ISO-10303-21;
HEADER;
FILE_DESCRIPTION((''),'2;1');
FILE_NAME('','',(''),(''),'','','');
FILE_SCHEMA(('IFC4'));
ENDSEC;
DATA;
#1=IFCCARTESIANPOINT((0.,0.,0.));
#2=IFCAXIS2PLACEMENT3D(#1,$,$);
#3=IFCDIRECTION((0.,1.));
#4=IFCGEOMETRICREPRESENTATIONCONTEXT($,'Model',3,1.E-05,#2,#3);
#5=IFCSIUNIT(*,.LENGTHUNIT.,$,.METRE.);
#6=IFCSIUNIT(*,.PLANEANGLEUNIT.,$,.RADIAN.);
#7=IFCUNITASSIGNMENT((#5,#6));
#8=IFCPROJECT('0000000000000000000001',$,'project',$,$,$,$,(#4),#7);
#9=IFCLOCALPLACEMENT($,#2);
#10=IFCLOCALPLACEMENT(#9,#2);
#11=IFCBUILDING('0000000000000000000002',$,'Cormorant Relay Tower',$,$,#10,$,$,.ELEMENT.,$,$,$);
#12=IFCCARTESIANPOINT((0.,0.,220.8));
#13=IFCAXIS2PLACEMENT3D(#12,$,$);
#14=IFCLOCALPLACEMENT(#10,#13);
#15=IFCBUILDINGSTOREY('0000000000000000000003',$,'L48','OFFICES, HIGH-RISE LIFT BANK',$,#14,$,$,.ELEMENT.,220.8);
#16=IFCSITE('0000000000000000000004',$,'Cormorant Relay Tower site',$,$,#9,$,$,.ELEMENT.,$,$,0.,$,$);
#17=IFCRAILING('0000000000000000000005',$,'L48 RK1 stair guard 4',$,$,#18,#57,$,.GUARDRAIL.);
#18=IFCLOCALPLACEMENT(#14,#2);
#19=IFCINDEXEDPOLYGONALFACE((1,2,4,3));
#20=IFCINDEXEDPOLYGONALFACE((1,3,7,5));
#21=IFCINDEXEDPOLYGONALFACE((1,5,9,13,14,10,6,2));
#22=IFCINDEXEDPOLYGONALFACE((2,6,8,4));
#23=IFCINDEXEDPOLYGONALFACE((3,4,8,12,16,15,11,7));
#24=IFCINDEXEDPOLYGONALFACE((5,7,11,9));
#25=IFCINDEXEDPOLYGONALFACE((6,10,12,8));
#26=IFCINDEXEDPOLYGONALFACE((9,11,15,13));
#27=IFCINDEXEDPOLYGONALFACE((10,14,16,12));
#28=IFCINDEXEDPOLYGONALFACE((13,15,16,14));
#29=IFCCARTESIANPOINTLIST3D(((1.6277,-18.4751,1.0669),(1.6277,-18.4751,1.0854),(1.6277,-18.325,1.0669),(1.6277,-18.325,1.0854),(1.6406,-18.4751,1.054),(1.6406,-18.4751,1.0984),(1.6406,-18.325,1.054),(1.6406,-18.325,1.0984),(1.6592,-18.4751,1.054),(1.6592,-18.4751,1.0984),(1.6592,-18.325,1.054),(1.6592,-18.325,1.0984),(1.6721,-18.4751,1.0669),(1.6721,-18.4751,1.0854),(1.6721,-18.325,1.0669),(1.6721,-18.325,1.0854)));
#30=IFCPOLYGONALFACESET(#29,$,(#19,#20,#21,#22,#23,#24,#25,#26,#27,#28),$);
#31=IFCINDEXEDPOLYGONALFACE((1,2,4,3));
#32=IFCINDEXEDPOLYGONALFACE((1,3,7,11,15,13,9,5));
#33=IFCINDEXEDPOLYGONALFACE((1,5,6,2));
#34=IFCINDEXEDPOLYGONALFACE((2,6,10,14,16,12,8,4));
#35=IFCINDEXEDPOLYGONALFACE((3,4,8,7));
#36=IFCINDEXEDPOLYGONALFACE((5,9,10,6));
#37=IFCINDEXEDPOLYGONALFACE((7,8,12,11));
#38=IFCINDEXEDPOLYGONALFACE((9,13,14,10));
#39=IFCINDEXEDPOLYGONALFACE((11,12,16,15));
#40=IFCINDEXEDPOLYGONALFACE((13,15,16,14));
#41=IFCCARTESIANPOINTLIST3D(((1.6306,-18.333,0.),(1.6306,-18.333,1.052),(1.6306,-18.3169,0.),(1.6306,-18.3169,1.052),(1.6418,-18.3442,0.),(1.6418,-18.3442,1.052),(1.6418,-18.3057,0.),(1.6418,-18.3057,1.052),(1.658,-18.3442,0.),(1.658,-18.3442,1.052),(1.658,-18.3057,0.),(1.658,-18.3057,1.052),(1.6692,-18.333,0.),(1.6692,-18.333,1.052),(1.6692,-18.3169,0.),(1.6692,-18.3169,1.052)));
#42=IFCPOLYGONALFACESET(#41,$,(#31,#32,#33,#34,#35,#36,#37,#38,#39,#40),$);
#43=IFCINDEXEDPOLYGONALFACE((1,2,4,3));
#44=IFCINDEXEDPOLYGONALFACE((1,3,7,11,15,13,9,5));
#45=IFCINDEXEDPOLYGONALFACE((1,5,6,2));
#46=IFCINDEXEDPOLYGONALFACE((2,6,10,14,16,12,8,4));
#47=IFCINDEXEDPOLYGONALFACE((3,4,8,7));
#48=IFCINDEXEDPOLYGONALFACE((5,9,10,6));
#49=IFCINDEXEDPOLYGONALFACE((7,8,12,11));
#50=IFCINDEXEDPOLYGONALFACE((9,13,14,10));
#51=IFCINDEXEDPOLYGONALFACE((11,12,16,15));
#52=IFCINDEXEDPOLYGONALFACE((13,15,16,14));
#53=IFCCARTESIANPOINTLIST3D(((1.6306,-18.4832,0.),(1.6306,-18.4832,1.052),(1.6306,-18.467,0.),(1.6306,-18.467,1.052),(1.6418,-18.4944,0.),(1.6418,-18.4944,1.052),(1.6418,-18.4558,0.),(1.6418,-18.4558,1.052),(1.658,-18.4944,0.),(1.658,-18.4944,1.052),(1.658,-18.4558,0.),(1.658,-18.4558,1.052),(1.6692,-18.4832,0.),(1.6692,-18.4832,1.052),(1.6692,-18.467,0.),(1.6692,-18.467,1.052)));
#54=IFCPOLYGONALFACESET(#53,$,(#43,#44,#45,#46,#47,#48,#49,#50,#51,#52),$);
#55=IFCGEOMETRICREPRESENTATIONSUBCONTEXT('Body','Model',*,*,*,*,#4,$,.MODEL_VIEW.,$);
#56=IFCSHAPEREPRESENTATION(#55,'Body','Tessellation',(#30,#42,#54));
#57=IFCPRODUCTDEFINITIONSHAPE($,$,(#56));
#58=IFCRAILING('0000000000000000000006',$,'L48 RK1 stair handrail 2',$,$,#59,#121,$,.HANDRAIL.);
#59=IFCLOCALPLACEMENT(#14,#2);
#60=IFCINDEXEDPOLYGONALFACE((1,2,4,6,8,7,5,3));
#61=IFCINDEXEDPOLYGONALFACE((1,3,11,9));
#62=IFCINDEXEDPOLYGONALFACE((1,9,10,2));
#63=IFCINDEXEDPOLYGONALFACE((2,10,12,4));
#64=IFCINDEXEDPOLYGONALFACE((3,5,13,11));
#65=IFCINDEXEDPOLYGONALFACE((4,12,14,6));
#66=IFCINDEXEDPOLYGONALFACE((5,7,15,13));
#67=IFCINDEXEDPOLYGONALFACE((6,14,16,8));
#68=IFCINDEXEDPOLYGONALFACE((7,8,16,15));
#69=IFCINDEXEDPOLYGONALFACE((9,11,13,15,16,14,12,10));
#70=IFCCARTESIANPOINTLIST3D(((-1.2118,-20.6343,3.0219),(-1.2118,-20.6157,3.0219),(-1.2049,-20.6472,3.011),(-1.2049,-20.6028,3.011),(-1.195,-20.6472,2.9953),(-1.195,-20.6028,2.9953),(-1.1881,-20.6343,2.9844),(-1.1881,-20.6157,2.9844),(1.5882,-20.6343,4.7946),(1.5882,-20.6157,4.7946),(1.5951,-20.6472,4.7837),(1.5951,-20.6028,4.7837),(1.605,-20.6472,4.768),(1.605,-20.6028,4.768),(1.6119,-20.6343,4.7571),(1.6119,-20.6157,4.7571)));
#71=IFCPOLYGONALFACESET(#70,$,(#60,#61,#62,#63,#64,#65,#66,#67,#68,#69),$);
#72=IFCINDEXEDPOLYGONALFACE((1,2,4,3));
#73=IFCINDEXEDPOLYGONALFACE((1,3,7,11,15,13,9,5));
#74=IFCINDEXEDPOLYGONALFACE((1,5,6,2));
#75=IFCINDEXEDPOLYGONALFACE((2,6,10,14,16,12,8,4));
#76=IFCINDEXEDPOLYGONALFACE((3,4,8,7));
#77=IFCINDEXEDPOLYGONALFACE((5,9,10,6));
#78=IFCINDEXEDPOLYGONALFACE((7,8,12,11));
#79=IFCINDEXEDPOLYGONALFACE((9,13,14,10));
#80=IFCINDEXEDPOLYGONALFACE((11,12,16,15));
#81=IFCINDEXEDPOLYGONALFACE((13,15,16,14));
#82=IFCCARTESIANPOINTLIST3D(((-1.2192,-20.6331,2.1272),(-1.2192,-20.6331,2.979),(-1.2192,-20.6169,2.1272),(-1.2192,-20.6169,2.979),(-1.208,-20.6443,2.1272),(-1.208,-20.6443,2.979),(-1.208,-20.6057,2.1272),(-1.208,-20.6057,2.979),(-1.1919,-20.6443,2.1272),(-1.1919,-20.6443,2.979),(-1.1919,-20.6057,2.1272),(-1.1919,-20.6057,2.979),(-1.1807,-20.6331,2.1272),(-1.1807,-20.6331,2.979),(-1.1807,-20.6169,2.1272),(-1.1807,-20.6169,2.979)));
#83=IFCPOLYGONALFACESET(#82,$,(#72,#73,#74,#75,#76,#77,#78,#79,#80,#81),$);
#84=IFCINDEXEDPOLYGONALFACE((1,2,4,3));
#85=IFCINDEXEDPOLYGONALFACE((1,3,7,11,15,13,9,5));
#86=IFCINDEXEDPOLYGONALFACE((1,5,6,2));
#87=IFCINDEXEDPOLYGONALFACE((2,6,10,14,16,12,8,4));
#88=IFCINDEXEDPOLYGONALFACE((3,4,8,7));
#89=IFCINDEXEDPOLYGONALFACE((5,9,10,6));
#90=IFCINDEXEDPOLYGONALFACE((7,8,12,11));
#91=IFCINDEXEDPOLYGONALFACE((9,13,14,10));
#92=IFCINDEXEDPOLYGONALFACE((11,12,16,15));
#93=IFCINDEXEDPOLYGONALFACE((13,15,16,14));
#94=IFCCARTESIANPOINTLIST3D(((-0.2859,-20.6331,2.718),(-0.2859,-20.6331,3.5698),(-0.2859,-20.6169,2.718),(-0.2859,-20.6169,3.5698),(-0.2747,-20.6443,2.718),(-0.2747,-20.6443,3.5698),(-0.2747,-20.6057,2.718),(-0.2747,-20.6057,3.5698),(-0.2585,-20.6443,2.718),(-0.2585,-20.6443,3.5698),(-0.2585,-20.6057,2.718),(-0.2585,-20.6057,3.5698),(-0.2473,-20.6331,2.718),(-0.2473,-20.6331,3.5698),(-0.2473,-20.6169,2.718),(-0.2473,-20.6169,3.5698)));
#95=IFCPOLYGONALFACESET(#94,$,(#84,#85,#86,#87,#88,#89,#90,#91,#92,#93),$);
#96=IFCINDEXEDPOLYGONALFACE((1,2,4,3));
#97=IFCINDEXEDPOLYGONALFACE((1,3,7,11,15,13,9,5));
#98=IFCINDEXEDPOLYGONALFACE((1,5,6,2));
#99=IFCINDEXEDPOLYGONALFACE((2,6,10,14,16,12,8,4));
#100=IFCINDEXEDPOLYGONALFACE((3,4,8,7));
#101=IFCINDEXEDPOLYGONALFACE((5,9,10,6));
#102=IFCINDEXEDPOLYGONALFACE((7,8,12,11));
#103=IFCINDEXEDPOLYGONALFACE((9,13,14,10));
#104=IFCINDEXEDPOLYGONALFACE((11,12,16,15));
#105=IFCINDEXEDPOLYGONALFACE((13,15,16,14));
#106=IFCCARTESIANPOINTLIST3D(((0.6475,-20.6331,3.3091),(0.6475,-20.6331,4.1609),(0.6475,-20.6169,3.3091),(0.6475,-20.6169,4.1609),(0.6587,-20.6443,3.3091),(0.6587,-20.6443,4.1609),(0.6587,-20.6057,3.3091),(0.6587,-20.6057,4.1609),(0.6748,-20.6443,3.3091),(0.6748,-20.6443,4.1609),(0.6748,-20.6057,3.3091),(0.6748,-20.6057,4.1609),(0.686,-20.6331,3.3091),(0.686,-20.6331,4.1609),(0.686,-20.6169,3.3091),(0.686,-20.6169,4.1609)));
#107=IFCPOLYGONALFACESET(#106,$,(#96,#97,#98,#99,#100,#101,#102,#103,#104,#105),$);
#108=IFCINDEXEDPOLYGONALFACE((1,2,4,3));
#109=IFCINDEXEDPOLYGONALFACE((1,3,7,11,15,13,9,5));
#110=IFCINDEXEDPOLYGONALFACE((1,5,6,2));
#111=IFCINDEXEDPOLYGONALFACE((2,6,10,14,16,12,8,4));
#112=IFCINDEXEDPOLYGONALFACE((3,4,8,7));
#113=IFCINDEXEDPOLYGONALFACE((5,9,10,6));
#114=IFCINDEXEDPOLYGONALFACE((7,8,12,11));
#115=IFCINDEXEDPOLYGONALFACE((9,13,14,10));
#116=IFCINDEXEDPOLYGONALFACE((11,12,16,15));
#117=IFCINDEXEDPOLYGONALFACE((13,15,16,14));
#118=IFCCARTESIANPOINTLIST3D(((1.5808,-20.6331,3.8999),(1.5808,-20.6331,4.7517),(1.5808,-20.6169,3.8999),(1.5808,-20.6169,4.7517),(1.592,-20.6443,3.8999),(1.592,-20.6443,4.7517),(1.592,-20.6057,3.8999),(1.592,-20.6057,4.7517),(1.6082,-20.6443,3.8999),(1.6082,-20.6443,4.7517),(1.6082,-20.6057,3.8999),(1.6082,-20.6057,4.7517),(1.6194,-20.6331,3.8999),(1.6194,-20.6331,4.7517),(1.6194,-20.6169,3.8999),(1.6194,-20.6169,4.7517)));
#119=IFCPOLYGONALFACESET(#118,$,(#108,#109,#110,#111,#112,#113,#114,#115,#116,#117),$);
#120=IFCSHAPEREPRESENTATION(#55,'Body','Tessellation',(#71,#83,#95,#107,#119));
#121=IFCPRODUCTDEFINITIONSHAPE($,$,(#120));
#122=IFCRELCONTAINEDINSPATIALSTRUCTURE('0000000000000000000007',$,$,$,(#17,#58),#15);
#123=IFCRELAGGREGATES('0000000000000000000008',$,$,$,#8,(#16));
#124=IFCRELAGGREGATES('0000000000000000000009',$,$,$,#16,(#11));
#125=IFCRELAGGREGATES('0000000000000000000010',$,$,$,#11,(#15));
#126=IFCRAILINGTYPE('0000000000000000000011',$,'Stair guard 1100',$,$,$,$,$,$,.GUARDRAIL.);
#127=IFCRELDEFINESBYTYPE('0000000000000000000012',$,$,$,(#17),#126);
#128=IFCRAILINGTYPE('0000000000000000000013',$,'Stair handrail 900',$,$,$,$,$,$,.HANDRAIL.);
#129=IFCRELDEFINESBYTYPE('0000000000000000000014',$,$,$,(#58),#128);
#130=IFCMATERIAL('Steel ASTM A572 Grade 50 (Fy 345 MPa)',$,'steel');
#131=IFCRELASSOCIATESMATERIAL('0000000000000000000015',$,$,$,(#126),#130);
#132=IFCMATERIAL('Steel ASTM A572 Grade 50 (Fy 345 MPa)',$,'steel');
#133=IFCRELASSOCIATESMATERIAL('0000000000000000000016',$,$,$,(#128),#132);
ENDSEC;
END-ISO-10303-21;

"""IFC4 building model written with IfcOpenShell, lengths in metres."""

from ifc_helpers import new_model, si_unit, direction, frame, origin, place, context, subcontext, project, spatial, polyline, outline, extrude, material, type_object, element, save


model = new_model("IFC4")

# Units and contexts
model_context = context("Model", 3, precision=1e-05, world=origin(), true_north=direction((0.0, 1.0)))
body_context = subcontext(model_context, "Body", "Model", "MODEL_VIEW")
ifc_project = project(units=[si_unit("LENGTHUNIT", "METRE"), si_unit("PLANEANGLEUNIT", "RADIAN")], contexts=[model_context])

# Site, building, storey
site_placement = place(None, origin())
site = spatial("IfcSite", under=ifc_project, at=site_placement, Name="Cormorant Relay Tower site", CompositionType="ELEMENT", RefElevation=0.0)
building_placement = place(site_placement, origin())
building = spatial("IfcBuilding", under=site, at=building_placement, Name="Cormorant Relay Tower", CompositionType="ELEMENT")
storey_placement = place(building_placement, frame((0.0, 0.0, 220.8)))
storey = spatial("IfcBuildingStorey", under=building, at=storey_placement, Name="L48", Description="OFFICES, HIGH-RISE LIFT BANK", CompositionType="ELEMENT", Elevation=220.8)

# Railings
ifc_material_1 = material(Name="Steel ASTM A572 Grade 50 (Fy 345 MPa)", Category="steel")
railing_type_1 = type_object("IfcRailingType", Name="Stair guard 1100", PredefinedType="GUARDRAIL", material=ifc_material_1)
railing_1_placement = place(storey_placement, frame((1.6499, -18.325, 0.0)))
element("IfcRailing", 1, at=railing_1_placement, inside=storey, type_object=railing_type_1, Name="L48 RK1 stair guard 4", PredefinedType="GUARDRAIL", context=body_context, shape_type="SweptSolid", body=[
    extrude(outline(polyline([(0.0222, 0.0093), (0.0093, 0.0222), (-0.0093, 0.0222), (-0.0222, 0.0093), (-0.0222, -0.0093), (-0.0093, -0.0222), (0.0093, -0.0222), (0.0222, -0.0093), (0.0222, 0.0093)])), frame((0.0, 0.0, 1.0762), z_axis=(0.0, -1.0, 0.0), x_axis=(1.0, 0.0, 0.0)), (0.0, 0.0, 1.0), 0.1501),
    extrude(outline(polyline([(0.0193, 0.0081), (0.0081, 0.0193), (-0.0081, 0.0193), (-0.0193, 0.0081), (-0.0193, -0.0081), (-0.0081, -0.0193), (0.0081, -0.0193), (0.0193, -0.0081), (0.0193, 0.0081)])), origin(), (0.0, 0.0, 1.0), 1.052),
    extrude(outline(polyline([(0.0193, 0.0081), (0.0081, 0.0193), (-0.0081, 0.0193), (-0.0193, 0.0081), (-0.0193, -0.0081), (-0.0081, -0.0193), (0.0081, -0.0193), (0.0193, -0.0081), (0.0193, 0.0081)])), frame((0.0, -0.1501, 0.0)), (0.0, 0.0, 1.0), 1.052),
])
ifc_material_2 = material(Name="Steel ASTM A572 Grade 50 (Fy 345 MPa)", Category="steel")
railing_type_2 = type_object("IfcRailingType", Name="Stair handrail 900", PredefinedType="HANDRAIL", material=ifc_material_2)
railing_2_placement = place(storey_placement, frame((-1.2, -20.625, 2.1272)))
element("IfcRailing", 2, at=railing_2_placement, inside=storey, type_object=railing_type_2, Name="L48 RK1 stair handrail 2", PredefinedType="HANDRAIL", context=body_context, shape_type="SweptSolid", body=[
    extrude(outline(polyline([(0.0222, 0.0093), (0.0093, 0.0222), (-0.0093, 0.0222), (-0.0222, 0.0093), (-0.0222, -0.0093), (-0.0093, -0.0222), (0.0093, -0.0222), (0.0222, -0.0093), (0.0222, 0.0093)])), frame((0.0, 0.0, 0.876), z_axis=(0.844909, 0.0, 0.53491), x_axis=(0.0, 1.0, 0.0)), (0.0, 0.0, 1.0), 3.314),
    extrude(outline(polyline([(0.0193, 0.0081), (0.0081, 0.0193), (-0.0081, 0.0193), (-0.0193, 0.0081), (-0.0193, -0.0081), (-0.0081, -0.0193), (0.0081, -0.0193), (0.0193, -0.0081), (0.0193, 0.0081)])), origin(), (0.0, 0.0, 1.0), 0.8518),
    extrude(outline(polyline([(0.0193, 0.0081), (0.0081, 0.0193), (-0.0081, 0.0193), (-0.0193, 0.0081), (-0.0193, -0.0081), (-0.0081, -0.0193), (0.0081, -0.0193), (0.0193, -0.0081), (0.0193, 0.0081)])), frame((0.9333, 0.0, 0.5908)), (0.0, 0.0, 1.0), 0.8518),
    extrude(outline(polyline([(0.0193, 0.0081), (0.0081, 0.0193), (-0.0081, 0.0193), (-0.0193, 0.0081), (-0.0193, -0.0081), (-0.0081, -0.0193), (0.0081, -0.0193), (0.0193, -0.0081), (0.0193, 0.0081)])), frame((1.8667, 0.0, 1.1819)), (0.0, 0.0, 1.0), 0.8518),
    extrude(outline(polyline([(0.0193, 0.0081), (0.0081, 0.0193), (-0.0081, 0.0193), (-0.0193, 0.0081), (-0.0193, -0.0081), (-0.0081, -0.0193), (0.0081, -0.0193), (0.0193, -0.0081), (0.0193, 0.0081)])), frame((2.8, 0.0, 1.7727)), (0.0, 0.0, 1.0), 0.8518),
])

save(model, "model.ifc")
